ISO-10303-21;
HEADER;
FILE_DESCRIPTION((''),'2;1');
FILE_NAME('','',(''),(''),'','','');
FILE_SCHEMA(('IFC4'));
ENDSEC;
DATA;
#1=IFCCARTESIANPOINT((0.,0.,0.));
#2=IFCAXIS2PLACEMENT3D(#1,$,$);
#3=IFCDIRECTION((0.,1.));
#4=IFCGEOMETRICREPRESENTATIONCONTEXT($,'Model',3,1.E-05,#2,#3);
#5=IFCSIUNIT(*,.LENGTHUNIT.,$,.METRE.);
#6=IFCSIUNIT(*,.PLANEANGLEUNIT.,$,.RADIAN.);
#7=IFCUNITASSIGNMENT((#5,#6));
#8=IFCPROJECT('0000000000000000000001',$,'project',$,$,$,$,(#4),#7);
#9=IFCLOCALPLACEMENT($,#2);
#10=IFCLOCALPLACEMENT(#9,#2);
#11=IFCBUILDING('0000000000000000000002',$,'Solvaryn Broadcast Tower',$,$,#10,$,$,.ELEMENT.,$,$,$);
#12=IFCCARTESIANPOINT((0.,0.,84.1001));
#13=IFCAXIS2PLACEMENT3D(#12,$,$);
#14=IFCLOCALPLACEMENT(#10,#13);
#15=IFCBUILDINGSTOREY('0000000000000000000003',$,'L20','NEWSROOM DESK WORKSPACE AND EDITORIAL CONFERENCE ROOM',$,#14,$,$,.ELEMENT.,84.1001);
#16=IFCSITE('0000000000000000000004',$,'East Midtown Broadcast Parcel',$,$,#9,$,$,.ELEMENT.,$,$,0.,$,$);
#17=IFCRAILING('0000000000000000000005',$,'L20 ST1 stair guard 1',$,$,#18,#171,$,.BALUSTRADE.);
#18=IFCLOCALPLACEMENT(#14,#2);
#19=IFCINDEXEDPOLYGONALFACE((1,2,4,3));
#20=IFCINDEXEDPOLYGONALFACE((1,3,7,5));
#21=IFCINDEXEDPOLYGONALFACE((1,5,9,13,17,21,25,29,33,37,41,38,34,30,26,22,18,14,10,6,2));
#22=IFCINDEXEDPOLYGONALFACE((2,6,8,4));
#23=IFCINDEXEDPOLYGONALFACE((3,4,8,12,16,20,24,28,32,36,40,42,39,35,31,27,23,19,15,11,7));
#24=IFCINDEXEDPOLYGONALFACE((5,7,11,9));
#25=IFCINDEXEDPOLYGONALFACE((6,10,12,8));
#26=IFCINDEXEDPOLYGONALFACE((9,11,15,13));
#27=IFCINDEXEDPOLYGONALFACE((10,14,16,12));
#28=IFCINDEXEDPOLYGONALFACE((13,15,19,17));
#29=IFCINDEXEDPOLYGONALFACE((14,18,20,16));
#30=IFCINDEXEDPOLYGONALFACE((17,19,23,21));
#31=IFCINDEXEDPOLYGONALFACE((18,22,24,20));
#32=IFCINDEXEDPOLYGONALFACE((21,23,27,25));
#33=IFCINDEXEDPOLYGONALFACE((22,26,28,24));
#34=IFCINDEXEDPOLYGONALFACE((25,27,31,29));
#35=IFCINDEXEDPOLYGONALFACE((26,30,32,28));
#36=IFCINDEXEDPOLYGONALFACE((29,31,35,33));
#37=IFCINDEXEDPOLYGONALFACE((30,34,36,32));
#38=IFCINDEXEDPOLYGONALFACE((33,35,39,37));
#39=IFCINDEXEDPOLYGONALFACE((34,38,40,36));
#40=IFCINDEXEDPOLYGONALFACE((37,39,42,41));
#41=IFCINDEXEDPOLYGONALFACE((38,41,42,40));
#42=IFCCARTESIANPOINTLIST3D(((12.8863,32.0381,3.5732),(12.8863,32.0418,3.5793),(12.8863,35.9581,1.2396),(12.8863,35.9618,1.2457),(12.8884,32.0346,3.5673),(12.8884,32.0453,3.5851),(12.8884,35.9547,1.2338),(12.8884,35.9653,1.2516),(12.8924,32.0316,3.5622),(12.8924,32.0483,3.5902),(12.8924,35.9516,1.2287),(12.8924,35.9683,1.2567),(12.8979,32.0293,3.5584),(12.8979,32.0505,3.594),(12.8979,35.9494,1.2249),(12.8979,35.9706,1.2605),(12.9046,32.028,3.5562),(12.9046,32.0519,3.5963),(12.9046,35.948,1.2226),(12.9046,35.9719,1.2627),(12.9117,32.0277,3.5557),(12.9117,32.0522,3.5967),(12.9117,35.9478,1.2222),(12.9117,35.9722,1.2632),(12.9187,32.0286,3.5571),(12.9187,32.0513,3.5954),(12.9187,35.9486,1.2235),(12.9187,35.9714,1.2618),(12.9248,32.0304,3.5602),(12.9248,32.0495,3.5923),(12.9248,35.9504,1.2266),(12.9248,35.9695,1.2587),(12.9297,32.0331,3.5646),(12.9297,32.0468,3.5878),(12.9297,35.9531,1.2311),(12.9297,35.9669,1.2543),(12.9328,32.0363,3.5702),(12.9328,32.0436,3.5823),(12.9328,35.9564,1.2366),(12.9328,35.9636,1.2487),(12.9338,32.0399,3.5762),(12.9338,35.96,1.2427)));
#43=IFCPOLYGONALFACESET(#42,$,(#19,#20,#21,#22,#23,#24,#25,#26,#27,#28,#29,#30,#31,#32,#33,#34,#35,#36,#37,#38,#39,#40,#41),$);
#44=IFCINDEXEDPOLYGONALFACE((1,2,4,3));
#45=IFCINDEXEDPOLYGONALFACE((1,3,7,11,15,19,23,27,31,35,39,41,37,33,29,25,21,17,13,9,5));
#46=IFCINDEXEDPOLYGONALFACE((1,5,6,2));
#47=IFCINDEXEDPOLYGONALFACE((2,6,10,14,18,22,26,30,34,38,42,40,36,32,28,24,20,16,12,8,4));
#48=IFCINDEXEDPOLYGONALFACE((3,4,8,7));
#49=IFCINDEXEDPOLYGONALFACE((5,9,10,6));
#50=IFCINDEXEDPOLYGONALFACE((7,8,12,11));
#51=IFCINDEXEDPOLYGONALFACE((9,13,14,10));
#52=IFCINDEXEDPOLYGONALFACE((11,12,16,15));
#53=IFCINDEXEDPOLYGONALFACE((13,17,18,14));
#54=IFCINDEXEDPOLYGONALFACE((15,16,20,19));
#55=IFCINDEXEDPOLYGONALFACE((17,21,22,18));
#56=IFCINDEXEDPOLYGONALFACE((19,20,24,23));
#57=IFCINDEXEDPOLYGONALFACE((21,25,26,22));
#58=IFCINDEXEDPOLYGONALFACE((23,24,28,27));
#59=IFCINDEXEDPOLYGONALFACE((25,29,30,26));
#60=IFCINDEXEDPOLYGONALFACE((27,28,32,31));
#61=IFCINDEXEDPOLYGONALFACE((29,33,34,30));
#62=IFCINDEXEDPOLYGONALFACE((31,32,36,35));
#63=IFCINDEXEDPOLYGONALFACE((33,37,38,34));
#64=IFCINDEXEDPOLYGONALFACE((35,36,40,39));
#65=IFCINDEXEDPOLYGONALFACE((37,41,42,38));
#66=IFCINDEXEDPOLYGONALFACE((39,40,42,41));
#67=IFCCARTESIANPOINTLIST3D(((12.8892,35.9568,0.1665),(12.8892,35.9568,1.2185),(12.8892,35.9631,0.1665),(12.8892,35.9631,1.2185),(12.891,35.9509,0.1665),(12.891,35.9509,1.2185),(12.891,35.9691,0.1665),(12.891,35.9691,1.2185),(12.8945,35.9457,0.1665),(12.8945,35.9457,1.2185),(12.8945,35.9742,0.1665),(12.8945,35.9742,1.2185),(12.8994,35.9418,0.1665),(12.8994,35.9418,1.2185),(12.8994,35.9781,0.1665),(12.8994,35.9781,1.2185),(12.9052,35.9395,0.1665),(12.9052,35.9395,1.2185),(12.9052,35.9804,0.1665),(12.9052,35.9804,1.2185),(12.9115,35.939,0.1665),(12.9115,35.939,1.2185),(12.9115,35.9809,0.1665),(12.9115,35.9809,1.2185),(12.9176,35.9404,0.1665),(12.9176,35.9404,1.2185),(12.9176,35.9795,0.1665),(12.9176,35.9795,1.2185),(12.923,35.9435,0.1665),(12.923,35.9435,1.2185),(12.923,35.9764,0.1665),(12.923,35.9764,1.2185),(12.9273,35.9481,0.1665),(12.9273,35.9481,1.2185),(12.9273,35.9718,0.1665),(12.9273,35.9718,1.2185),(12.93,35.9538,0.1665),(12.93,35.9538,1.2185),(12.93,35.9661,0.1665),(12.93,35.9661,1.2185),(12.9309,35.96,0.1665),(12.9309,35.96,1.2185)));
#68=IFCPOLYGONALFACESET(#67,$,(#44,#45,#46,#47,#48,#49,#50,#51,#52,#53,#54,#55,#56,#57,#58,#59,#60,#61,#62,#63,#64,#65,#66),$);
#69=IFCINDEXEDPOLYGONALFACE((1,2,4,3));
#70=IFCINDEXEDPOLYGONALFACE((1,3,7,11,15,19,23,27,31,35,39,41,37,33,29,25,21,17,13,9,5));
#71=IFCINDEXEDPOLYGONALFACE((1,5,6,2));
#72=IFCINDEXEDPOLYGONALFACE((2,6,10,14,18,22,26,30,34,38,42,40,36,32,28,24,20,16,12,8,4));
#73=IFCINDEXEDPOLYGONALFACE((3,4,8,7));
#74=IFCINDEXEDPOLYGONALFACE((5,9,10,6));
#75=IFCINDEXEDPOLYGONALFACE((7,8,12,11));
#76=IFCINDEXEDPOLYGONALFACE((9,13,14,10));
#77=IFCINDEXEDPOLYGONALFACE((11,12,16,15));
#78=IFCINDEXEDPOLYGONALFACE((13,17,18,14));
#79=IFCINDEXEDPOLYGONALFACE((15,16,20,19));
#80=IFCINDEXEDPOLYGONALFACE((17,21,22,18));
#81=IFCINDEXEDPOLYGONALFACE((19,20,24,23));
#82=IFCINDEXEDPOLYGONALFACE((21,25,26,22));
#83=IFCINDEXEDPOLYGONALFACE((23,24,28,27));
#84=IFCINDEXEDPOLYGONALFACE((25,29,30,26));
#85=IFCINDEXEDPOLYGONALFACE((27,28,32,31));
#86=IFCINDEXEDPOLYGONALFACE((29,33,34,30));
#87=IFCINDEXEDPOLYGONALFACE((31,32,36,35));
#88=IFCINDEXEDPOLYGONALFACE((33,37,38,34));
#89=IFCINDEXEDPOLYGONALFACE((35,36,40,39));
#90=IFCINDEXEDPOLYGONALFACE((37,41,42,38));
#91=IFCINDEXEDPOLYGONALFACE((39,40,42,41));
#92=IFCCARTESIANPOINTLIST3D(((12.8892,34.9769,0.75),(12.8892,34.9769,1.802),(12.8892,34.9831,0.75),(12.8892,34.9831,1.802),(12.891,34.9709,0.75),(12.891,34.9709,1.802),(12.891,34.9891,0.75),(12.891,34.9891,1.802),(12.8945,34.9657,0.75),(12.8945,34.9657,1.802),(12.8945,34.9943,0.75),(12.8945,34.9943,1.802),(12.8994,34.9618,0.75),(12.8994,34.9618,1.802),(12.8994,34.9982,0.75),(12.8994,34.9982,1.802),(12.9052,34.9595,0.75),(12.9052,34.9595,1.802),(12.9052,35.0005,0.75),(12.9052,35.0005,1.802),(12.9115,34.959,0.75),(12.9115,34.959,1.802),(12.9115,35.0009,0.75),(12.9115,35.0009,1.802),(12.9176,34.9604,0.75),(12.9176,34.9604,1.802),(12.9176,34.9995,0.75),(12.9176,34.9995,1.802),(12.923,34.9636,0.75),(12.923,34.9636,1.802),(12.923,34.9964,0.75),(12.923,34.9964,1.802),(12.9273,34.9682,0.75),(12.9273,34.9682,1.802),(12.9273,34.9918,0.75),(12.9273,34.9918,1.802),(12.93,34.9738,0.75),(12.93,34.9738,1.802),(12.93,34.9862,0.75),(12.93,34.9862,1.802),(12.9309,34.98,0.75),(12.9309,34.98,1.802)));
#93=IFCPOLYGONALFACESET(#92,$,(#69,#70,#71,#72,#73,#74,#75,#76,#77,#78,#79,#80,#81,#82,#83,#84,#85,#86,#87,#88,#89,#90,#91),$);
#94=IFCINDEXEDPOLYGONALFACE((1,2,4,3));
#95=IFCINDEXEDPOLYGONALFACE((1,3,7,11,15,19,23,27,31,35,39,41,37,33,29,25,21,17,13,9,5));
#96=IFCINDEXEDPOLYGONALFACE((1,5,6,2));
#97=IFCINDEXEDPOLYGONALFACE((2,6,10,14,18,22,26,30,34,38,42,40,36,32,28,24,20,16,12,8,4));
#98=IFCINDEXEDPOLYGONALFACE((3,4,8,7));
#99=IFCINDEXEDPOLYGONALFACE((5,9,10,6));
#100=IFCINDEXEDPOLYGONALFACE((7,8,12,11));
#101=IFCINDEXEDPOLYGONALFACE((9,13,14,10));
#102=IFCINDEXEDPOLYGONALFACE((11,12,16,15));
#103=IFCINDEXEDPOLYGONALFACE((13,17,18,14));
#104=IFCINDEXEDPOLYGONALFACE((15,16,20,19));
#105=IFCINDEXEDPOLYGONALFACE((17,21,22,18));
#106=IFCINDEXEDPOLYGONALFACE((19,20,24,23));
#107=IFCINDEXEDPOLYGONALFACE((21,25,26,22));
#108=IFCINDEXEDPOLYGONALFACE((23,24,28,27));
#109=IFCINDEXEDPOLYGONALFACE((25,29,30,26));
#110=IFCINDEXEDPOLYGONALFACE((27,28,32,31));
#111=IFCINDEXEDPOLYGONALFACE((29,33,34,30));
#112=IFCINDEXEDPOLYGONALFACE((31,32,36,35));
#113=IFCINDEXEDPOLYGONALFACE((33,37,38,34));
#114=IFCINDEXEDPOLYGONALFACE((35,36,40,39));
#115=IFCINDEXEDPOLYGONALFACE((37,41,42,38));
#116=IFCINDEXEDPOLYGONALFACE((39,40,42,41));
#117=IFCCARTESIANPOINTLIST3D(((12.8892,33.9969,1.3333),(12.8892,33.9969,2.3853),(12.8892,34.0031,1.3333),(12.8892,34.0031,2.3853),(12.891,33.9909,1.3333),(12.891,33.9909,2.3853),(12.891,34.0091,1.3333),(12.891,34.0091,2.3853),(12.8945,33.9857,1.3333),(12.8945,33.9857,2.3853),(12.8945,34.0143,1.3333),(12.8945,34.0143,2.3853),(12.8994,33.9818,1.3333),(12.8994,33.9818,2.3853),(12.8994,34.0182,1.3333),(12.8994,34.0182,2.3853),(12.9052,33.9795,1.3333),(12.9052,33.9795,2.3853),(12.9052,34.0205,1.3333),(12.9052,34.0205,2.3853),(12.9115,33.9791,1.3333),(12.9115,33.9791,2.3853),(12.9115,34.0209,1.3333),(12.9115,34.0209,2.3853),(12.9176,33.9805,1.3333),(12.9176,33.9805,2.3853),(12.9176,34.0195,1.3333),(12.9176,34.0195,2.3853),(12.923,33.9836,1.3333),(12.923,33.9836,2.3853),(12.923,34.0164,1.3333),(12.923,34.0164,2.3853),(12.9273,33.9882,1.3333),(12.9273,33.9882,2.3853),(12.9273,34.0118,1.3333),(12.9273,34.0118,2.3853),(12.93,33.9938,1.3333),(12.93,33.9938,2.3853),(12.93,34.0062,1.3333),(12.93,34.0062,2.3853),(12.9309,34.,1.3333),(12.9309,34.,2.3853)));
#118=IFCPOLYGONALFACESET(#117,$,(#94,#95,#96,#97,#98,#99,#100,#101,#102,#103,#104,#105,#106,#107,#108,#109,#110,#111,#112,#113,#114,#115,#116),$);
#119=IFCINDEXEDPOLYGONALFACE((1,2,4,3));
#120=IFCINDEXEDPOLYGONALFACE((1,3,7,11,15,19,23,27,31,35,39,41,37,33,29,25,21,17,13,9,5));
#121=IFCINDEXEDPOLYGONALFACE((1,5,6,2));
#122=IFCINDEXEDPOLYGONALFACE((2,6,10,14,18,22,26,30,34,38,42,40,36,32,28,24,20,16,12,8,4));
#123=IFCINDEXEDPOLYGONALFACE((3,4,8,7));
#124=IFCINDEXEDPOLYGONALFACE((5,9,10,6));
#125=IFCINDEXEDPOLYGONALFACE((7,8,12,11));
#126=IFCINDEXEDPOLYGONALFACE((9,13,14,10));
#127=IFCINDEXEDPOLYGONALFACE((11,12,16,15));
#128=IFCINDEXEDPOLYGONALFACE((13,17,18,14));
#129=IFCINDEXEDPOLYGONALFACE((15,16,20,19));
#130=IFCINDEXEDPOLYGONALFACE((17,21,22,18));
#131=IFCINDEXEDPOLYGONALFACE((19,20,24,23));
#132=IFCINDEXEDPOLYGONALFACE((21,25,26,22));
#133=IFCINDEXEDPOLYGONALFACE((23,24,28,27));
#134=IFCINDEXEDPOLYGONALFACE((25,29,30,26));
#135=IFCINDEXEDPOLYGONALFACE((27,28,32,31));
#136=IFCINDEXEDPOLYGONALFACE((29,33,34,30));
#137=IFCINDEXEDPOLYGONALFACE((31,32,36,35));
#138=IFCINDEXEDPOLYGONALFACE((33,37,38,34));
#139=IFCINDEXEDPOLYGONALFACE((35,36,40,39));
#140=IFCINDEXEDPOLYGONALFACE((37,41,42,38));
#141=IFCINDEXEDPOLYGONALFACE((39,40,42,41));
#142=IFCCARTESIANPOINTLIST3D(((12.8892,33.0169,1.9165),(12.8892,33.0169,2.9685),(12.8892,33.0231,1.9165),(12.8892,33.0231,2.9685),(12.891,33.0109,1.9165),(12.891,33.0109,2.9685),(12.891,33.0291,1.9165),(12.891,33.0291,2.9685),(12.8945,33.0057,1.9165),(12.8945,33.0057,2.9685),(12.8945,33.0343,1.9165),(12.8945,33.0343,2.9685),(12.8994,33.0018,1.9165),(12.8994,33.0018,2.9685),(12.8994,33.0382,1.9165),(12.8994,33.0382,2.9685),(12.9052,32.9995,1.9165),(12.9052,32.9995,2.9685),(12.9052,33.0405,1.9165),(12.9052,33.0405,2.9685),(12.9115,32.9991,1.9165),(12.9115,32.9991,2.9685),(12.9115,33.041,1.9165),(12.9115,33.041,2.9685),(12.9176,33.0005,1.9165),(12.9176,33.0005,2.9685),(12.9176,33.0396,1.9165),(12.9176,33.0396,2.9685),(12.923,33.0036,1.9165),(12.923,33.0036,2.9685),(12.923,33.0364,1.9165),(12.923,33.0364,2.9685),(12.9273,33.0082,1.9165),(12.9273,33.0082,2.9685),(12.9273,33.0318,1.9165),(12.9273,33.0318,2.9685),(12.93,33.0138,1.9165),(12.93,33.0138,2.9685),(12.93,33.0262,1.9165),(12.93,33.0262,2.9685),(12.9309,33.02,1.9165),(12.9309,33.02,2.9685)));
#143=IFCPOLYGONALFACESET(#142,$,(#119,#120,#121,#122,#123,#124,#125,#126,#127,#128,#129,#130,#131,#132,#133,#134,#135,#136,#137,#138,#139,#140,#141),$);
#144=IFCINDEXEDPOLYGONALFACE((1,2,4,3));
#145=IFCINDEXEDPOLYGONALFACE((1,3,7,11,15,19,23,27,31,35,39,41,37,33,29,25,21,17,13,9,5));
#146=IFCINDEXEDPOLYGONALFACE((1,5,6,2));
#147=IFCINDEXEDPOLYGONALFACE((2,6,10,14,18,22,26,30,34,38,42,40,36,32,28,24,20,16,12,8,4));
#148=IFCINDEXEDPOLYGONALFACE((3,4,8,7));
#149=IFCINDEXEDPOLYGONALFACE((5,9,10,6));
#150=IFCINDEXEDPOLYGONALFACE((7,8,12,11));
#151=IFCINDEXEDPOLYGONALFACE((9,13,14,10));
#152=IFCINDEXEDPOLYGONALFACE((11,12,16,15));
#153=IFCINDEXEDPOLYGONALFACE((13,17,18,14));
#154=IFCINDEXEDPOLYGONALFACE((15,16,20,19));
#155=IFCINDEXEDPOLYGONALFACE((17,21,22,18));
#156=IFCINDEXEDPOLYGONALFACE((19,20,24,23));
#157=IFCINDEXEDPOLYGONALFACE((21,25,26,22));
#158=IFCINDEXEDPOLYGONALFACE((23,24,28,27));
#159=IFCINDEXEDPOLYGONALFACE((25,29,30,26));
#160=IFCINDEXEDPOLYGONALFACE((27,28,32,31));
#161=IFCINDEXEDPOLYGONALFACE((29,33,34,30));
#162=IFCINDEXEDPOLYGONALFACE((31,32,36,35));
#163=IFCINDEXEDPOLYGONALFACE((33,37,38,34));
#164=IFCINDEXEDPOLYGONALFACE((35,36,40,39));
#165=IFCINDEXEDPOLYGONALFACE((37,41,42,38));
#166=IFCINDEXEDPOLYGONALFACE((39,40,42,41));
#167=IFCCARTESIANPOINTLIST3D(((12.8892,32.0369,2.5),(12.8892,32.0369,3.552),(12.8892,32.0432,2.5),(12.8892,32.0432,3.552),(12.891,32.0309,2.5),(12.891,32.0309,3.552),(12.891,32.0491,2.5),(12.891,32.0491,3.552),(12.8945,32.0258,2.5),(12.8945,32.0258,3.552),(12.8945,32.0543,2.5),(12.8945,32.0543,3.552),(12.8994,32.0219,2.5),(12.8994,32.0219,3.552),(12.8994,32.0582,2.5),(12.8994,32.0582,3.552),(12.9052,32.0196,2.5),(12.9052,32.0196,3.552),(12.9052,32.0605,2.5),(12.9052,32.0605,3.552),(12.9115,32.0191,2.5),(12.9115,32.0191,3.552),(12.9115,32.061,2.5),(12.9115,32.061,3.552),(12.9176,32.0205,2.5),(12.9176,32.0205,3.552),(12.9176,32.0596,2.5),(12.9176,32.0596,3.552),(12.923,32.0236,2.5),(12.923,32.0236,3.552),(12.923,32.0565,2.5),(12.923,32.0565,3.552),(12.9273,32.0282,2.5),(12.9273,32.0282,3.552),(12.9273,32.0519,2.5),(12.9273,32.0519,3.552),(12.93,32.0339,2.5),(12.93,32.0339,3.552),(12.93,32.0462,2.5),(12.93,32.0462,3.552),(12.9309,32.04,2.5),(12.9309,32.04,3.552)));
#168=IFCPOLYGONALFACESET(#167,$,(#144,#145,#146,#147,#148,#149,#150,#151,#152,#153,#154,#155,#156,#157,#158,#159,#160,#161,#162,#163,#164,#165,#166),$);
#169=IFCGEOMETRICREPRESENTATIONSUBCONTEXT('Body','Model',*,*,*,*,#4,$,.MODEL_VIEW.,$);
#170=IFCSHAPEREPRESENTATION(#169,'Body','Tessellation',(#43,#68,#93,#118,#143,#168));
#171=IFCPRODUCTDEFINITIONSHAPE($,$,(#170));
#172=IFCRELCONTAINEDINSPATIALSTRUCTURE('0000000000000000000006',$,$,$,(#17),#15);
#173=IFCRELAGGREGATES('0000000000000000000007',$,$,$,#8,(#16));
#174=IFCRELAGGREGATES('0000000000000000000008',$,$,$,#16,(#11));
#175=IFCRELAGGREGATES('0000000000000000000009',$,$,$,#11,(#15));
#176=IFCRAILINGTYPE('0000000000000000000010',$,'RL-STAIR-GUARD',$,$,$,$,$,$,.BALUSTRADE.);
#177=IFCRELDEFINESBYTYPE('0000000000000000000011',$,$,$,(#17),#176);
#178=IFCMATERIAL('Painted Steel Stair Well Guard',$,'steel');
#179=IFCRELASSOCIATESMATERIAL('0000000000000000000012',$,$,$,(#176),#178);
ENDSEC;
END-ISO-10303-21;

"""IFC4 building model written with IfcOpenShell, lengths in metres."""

from ifc_helpers import new_model, si_unit, direction, frame, origin, origin_2d, place, context, subcontext, project, spatial, circle, extrude, material, type_object, element, save


model = new_model("IFC4")

# Units and contexts
model_context = context("Model", 3, precision=1e-05, world=origin(), true_north=direction((0.0, 1.0)))
body_context = subcontext(model_context, "Body", "Model", "MODEL_VIEW")
ifc_project = project(units=[si_unit("LENGTHUNIT", "METRE"), si_unit("PLANEANGLEUNIT", "RADIAN")], contexts=[model_context])

# Site, building, storey
site_placement = place(None, origin())
site = spatial("IfcSite", under=ifc_project, at=site_placement, Name="East Midtown Broadcast Parcel", CompositionType="ELEMENT", RefElevation=0.0)
building_placement = place(site_placement, origin())
building = spatial("IfcBuilding", under=site, at=building_placement, Name="Solvaryn Broadcast Tower", CompositionType="ELEMENT")
storey_placement = place(building_placement, frame((0.0, 0.0, 84.1001)))
storey = spatial("IfcBuildingStorey", under=building, at=storey_placement, Name="L20", Description="NEWSROOM DESK WORKSPACE AND EDITORIAL CONFERENCE ROOM", CompositionType="ELEMENT", Elevation=84.1001)

# Railing
ifc_material_1 = material(Name="Painted Steel Stair Well Guard", Category="steel")
railing_type_1 = type_object("IfcRailingType", Name="RL-STAIR-GUARD", PredefinedType="BALUSTRADE", material=ifc_material_1)
railing_1_placement = place(storey_placement, frame((12.9099, 35.96, 0.1665)))
element("IfcRailing", 1, at=railing_1_placement, inside=storey, type_object=railing_type_1, Name="L20 ST1 stair guard 1", PredefinedType="BALUSTRADE", context=body_context, shape_type="SweptSolid", body=[
    extrude(circle(Radius=0.0239, at=origin_2d()), frame((0.0, 0.0, 1.0762), z_axis=(0.0, -0.859273, 0.511518), x_axis=(1.0, 0.0, 0.0)), (0.0, 0.0, 1.0), 4.562),
    extrude(circle(Radius=0.021, at=origin_2d()), origin(), (0.0, 0.0, 1.0), 1.052),
    extrude(circle(Radius=0.021, at=origin_2d()), frame((0.0, -0.98, 0.5835)), (0.0, 0.0, 1.0), 1.052),
    extrude(circle(Radius=0.021, at=origin_2d()), frame((0.0, -1.96, 1.1667)), (0.0, 0.0, 1.0), 1.052),
    extrude(circle(Radius=0.021, at=origin_2d()), frame((0.0, -2.9399, 1.75)), (0.0, 0.0, 1.0), 1.052),
    extrude(circle(Radius=0.021, at=origin_2d()), frame((0.0, -3.9199, 2.3335)), (0.0, 0.0, 1.0), 1.052),
])

save(model, "model.ifc")
